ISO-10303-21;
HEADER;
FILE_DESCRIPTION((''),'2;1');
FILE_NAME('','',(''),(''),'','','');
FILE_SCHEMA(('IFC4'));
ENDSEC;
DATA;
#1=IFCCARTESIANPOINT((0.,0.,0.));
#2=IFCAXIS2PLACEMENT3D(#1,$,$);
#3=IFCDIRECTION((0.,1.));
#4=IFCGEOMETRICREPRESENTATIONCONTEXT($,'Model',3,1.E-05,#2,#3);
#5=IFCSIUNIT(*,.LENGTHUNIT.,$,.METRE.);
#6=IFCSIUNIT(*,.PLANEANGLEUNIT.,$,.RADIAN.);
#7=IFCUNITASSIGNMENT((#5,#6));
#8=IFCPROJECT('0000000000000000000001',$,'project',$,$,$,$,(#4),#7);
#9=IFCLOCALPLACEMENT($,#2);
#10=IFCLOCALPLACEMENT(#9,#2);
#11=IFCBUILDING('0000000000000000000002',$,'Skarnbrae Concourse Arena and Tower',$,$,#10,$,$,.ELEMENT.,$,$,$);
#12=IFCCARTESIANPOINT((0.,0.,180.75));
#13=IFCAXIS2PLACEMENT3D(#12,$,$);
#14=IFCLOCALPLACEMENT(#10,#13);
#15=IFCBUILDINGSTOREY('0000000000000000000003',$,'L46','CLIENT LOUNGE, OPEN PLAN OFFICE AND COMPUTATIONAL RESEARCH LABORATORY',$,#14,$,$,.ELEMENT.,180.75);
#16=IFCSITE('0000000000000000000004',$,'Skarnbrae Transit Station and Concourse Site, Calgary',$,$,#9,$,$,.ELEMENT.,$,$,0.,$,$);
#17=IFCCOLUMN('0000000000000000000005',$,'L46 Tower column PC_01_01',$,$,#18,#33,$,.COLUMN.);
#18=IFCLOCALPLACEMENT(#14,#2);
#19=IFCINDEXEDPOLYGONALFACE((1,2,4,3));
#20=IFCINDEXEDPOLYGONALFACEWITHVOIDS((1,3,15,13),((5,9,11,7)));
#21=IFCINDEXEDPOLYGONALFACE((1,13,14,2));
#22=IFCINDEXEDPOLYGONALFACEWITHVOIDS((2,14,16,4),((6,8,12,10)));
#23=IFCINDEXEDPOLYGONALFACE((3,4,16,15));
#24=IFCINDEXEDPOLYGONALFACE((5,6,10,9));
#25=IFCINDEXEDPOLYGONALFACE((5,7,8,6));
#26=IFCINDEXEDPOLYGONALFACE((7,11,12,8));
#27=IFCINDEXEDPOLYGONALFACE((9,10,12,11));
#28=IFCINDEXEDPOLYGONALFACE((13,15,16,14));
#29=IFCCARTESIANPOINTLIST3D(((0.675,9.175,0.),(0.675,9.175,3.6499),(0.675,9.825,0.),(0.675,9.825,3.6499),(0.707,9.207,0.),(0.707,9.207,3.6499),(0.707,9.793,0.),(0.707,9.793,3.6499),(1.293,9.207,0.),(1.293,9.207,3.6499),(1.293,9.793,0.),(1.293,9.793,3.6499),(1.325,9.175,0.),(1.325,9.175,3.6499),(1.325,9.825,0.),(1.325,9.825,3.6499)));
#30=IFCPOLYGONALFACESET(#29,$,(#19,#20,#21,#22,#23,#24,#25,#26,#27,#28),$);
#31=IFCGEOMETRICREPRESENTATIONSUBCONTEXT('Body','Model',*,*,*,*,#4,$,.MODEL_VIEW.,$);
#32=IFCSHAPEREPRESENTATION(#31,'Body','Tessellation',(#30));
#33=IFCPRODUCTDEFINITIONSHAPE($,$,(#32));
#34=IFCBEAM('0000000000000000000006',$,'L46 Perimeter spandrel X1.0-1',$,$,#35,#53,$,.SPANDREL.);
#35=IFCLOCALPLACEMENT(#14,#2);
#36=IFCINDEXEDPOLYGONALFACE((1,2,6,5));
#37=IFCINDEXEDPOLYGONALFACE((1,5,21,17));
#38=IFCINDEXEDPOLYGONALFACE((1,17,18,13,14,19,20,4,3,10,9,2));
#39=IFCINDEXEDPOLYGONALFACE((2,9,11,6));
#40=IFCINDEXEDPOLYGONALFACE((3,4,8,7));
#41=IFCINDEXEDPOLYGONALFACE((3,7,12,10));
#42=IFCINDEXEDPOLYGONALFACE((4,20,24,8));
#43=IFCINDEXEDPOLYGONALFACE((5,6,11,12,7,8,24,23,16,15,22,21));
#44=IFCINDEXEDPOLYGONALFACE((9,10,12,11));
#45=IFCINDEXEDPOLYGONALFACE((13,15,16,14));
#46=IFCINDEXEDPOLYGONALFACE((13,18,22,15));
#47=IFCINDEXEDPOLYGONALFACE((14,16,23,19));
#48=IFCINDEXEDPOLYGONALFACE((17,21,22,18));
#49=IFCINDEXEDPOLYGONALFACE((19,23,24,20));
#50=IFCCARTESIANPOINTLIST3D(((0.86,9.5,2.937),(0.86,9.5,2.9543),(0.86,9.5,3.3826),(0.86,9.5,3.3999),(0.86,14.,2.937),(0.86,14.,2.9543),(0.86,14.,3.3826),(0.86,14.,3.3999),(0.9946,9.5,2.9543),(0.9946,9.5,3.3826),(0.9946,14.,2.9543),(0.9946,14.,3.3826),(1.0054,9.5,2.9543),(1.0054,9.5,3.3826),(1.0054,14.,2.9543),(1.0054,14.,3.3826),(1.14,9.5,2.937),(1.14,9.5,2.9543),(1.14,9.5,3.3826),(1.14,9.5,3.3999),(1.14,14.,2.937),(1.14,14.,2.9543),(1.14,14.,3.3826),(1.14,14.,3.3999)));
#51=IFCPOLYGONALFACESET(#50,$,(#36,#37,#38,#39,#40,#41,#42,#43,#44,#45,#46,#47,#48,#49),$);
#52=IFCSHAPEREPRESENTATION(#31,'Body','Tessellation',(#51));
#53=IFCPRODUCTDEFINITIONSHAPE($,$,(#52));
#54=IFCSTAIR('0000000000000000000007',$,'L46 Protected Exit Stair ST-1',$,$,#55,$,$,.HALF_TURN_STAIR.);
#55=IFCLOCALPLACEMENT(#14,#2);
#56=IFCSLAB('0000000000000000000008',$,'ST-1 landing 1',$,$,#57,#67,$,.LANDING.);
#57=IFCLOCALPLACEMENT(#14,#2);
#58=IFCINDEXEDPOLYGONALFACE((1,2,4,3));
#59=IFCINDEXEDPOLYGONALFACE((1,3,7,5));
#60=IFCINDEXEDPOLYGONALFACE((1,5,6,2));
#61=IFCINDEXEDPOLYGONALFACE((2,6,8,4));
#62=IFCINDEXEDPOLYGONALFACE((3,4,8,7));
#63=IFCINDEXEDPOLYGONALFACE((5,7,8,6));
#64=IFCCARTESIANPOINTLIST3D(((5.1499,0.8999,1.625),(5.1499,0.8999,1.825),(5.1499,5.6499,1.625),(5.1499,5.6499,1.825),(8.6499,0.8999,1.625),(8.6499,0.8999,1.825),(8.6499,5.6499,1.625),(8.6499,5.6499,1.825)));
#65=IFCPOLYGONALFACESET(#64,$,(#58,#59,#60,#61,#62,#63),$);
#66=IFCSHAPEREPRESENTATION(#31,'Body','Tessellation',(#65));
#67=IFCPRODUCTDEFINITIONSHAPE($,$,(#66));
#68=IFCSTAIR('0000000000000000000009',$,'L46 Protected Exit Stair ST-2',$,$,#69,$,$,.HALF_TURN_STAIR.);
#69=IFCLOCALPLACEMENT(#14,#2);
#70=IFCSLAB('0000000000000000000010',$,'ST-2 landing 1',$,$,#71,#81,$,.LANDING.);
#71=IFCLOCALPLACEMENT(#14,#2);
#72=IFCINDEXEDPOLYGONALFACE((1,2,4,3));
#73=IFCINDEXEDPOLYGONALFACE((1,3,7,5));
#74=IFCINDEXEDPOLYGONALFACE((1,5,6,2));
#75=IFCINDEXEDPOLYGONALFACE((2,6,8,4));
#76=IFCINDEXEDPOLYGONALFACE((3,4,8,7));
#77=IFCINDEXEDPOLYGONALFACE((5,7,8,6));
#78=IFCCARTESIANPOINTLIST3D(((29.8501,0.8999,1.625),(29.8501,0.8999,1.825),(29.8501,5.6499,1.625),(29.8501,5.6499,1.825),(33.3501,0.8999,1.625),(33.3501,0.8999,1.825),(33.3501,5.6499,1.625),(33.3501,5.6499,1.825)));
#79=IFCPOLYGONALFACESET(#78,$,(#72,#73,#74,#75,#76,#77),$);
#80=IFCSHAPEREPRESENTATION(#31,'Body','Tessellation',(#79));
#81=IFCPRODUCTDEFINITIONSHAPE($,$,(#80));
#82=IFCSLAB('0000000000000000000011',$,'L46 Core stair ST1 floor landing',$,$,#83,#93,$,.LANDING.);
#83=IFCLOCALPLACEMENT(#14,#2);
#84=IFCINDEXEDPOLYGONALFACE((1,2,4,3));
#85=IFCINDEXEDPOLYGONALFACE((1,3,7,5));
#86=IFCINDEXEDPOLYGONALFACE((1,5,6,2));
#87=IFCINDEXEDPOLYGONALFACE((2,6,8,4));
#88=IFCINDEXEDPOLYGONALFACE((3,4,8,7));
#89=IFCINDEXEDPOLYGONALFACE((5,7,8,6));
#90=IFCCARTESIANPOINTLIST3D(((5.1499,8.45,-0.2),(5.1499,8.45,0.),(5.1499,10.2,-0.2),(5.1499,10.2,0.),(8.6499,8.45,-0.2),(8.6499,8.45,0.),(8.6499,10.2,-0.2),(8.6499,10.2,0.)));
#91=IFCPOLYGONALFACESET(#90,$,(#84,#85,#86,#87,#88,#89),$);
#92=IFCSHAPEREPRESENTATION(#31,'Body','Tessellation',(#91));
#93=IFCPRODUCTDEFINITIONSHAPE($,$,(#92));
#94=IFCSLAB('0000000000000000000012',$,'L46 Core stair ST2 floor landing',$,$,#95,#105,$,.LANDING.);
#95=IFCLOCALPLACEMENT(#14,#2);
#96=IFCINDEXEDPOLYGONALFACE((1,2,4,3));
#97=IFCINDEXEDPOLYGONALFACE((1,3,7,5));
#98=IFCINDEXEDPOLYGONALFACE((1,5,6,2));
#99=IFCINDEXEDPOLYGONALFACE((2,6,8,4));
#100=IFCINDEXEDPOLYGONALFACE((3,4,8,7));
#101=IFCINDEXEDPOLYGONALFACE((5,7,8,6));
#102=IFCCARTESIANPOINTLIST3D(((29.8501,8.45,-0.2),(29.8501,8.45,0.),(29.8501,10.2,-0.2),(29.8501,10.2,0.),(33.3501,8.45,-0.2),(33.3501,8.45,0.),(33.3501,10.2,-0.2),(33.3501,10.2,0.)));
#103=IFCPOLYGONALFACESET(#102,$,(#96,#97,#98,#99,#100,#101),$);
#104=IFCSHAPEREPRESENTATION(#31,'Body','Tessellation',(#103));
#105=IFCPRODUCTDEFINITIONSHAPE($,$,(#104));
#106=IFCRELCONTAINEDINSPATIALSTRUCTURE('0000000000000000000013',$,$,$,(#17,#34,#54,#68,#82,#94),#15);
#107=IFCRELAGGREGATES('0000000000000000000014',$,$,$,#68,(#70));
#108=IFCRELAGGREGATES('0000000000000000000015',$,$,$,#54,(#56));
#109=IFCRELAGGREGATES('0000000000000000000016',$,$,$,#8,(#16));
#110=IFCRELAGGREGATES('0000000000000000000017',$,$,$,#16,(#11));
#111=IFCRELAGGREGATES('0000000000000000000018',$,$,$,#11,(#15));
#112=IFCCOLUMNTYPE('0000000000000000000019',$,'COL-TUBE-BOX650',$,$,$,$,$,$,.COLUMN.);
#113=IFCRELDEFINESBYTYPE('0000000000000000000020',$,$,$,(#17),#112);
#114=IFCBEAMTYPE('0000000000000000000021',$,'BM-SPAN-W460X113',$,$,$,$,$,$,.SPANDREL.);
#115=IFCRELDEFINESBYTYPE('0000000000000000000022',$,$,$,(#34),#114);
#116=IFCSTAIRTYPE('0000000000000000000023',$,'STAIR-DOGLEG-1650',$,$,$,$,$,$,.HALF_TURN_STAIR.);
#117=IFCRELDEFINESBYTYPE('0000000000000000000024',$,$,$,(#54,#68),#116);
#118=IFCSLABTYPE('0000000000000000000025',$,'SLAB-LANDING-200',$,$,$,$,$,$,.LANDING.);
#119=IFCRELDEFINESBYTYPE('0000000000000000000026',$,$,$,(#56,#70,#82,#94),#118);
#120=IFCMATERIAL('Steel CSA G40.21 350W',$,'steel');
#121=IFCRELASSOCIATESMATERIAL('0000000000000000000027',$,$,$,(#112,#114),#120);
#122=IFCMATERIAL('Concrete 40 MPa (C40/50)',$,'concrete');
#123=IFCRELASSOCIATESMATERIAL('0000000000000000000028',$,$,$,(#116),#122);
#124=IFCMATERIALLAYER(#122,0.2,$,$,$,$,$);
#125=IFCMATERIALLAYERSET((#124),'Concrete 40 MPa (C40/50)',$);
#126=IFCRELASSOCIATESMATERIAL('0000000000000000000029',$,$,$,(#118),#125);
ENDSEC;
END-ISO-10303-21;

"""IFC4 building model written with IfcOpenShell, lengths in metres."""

from ifc_helpers import new_model, si_unit, direction, frame, origin, origin_2d, place, context, subcontext, project, spatial, polyline, hollow_rectangle, i_section, outline, extrude, source, transform, mapped, material, layer, layer_set, material_profile, profile_set, type_object, element, aggregate, save


model = new_model("IFC4")

# Units and contexts
model_context = context("Model", 3, precision=1e-05, world=origin(), true_north=direction((0.0, 1.0)))
body_context = subcontext(model_context, "Body", "Model", "MODEL_VIEW")
ifc_project = project(units=[si_unit("LENGTHUNIT", "METRE"), si_unit("PLANEANGLEUNIT", "RADIAN")], contexts=[model_context])

# Site, building, storey
site_placement = place(None, origin())
site = spatial("IfcSite", under=ifc_project, at=site_placement, Name="Skarnbrae Transit Station and Concourse Site, Calgary", CompositionType="ELEMENT", RefElevation=0.0)
building_placement = place(site_placement, origin())
building = spatial("IfcBuilding", under=site, at=building_placement, Name="Skarnbrae Concourse Arena and Tower", CompositionType="ELEMENT")
storey_placement = place(building_placement, frame((0.0, 0.0, 180.75)))
storey = spatial("IfcBuildingStorey", under=building, at=storey_placement, Name="L46", Description="CLIENT LOUNGE, OPEN PLAN OFFICE AND COMPUTATIONAL RESEARCH LABORATORY", CompositionType="ELEMENT", Elevation=180.75)

# Column
ifc_material_1 = material(Name="Steel CSA G40.21 350W", Category="steel")
ifc_material_profile_1 = material_profile(ifc_material_1, hollow_rectangle(XDim=0.6499, YDim=0.6499, WallThickness=0.032, at=origin_2d()), Name="BOX650X650X32")
ifc_profile_set_1 = profile_set([ifc_material_profile_1], Name="Steel CSA G40.21 350W")
column_type = type_object("IfcColumnType", Name="COL-TUBE-BOX650", PredefinedType="COLUMN", material=ifc_profile_set_1)
shared_shape_1 = source(origin(), body_context, "Body", "SweptSolid", [
    extrude(hollow_rectangle(XDim=0.6499, YDim=0.6499, WallThickness=0.032, at=origin_2d()), origin(), (0.0, 0.0, 1.0), 3.6499),
])
column_placement = place(storey_placement, frame((1.0, 9.5, 0.0), z_axis=(0.0, 0.0, 1.0), x_axis=(1.0, 0.0, 0.0)))
element("IfcColumn", 1, at=column_placement, inside=storey, type_object=column_type, Name="L46 Tower column PC_01_01", PredefinedType="COLUMN", context=body_context, shape_type="MappedRepresentation", body=[
    mapped(shared_shape_1, transform((0.0, 0.0, 0.0))),
])

# Beam
ifc_material_profile_2 = material_profile(ifc_material_1, i_section(OverallWidth=0.28, OverallDepth=0.4629, WebThickness=0.0107, FlangeThickness=0.0173, at=origin_2d()), Name="W460X113")
ifc_profile_set_2 = profile_set([ifc_material_profile_2], Name="Steel CSA G40.21 350W")
beam_type = type_object("IfcBeamType", Name="BM-SPAN-W460X113", PredefinedType="SPANDREL", material=ifc_profile_set_2)
shared_shape_2 = source(origin(), body_context, "Body", "SweptSolid", [
    extrude(i_section(OverallWidth=0.28, OverallDepth=0.4629, WebThickness=0.0107, FlangeThickness=0.0173, at=origin_2d()), origin(), (0.0, 0.0, 1.0), 4.5),
])
beam_placement = place(storey_placement, frame((1.0, 9.5, 3.1685), z_axis=(0.0, 1.0, 0.0), x_axis=(-1.0, 0.0, 0.0)))
element("IfcBeam", 2, at=beam_placement, inside=storey, type_object=beam_type, Name="L46 Perimeter spandrel X1.0-1", PredefinedType="SPANDREL", context=body_context, shape_type="MappedRepresentation", body=[
    mapped(shared_shape_2, transform((0.0, 0.0, 0.0))),
])

# Stairs, slabs
ifc_material_2 = material(Name="Concrete 40 MPa (C40/50)", Category="concrete")
stair_type = type_object("IfcStairType", Name="STAIR-DOGLEG-1650", PredefinedType="HALF_TURN_STAIR", material=ifc_material_2)
stair_1_placement = place(storey_placement, origin())
stair_1 = element("IfcStair", 3, at=stair_1_placement, inside=storey, type_object=stair_type, Name="L46 Protected Exit Stair ST-1", PredefinedType="HALF_TURN_STAIR")
ifc_layer_1 = layer(ifc_material_2, 0.2)
ifc_layer_set_1 = layer_set([ifc_layer_1], Name="Concrete 40 MPa (C40/50)")
slab_type_1 = type_object("IfcSlabType", Name="SLAB-LANDING-200", PredefinedType="LANDING", material=ifc_layer_set_1)
slab_1_placement = place(storey_placement, frame((0.0, 0.0, 1.625)))
slab_1 = element("IfcSlab", 4, at=slab_1_placement, type_object=slab_type_1, Name="ST-1 landing 1", PredefinedType="LANDING", context=body_context, shape_type="SweptSolid", body=[
    extrude(outline(polyline([(5.1499, 5.6499), (5.1499, 0.8999), (8.6499, 0.8999), (8.6499, 5.6499), (5.1499, 5.6499)])), origin(), (0.0, 0.0, 1.0), 0.2),
])
stair_2_placement = place(storey_placement, origin())
stair_2 = element("IfcStair", 5, at=stair_2_placement, inside=storey, type_object=stair_type, Name="L46 Protected Exit Stair ST-2", PredefinedType="HALF_TURN_STAIR")
slab_2_placement = place(storey_placement, frame((0.0, 0.0, 1.625)))
slab_2 = element("IfcSlab", 6, at=slab_2_placement, type_object=slab_type_1, Name="ST-2 landing 1", PredefinedType="LANDING", context=body_context, shape_type="SweptSolid", body=[
    extrude(outline(polyline([(29.8501, 5.6499), (29.8501, 0.8999), (33.3501, 0.8999), (33.3501, 5.6499), (29.8501, 5.6499)])), origin(), (0.0, 0.0, 1.0), 0.2),
])
aggregate(stair_2, [slab_2])

# Slabs
slab_3_placement = place(storey_placement, frame((0.0, 0.0, -0.2)))
element("IfcSlab", 7, at=slab_3_placement, inside=storey, type_object=slab_type_1, Name="L46 Core stair ST1 floor landing", PredefinedType="LANDING", context=body_context, shape_type="SweptSolid", body=[
    extrude(outline(polyline([(5.1499, 10.2), (5.1499, 8.45), (8.6499, 8.45), (8.6499, 10.2), (5.1499, 10.2)])), origin(), (0.0, 0.0, 1.0), 0.2),
])
slab_4_placement = place(storey_placement, frame((0.0, 0.0, -0.2)))
element("IfcSlab", 8, at=slab_4_placement, inside=storey, type_object=slab_type_1, Name="L46 Core stair ST2 floor landing", PredefinedType="LANDING", context=body_context, shape_type="SweptSolid", body=[
    extrude(outline(polyline([(29.8501, 10.2), (29.8501, 8.45), (33.3501, 8.45), (33.3501, 10.2), (29.8501, 10.2)])), origin(), (0.0, 0.0, 1.0), 0.2),
])

aggregate(stair_1, [slab_1])

save(model, "model.ifc")
